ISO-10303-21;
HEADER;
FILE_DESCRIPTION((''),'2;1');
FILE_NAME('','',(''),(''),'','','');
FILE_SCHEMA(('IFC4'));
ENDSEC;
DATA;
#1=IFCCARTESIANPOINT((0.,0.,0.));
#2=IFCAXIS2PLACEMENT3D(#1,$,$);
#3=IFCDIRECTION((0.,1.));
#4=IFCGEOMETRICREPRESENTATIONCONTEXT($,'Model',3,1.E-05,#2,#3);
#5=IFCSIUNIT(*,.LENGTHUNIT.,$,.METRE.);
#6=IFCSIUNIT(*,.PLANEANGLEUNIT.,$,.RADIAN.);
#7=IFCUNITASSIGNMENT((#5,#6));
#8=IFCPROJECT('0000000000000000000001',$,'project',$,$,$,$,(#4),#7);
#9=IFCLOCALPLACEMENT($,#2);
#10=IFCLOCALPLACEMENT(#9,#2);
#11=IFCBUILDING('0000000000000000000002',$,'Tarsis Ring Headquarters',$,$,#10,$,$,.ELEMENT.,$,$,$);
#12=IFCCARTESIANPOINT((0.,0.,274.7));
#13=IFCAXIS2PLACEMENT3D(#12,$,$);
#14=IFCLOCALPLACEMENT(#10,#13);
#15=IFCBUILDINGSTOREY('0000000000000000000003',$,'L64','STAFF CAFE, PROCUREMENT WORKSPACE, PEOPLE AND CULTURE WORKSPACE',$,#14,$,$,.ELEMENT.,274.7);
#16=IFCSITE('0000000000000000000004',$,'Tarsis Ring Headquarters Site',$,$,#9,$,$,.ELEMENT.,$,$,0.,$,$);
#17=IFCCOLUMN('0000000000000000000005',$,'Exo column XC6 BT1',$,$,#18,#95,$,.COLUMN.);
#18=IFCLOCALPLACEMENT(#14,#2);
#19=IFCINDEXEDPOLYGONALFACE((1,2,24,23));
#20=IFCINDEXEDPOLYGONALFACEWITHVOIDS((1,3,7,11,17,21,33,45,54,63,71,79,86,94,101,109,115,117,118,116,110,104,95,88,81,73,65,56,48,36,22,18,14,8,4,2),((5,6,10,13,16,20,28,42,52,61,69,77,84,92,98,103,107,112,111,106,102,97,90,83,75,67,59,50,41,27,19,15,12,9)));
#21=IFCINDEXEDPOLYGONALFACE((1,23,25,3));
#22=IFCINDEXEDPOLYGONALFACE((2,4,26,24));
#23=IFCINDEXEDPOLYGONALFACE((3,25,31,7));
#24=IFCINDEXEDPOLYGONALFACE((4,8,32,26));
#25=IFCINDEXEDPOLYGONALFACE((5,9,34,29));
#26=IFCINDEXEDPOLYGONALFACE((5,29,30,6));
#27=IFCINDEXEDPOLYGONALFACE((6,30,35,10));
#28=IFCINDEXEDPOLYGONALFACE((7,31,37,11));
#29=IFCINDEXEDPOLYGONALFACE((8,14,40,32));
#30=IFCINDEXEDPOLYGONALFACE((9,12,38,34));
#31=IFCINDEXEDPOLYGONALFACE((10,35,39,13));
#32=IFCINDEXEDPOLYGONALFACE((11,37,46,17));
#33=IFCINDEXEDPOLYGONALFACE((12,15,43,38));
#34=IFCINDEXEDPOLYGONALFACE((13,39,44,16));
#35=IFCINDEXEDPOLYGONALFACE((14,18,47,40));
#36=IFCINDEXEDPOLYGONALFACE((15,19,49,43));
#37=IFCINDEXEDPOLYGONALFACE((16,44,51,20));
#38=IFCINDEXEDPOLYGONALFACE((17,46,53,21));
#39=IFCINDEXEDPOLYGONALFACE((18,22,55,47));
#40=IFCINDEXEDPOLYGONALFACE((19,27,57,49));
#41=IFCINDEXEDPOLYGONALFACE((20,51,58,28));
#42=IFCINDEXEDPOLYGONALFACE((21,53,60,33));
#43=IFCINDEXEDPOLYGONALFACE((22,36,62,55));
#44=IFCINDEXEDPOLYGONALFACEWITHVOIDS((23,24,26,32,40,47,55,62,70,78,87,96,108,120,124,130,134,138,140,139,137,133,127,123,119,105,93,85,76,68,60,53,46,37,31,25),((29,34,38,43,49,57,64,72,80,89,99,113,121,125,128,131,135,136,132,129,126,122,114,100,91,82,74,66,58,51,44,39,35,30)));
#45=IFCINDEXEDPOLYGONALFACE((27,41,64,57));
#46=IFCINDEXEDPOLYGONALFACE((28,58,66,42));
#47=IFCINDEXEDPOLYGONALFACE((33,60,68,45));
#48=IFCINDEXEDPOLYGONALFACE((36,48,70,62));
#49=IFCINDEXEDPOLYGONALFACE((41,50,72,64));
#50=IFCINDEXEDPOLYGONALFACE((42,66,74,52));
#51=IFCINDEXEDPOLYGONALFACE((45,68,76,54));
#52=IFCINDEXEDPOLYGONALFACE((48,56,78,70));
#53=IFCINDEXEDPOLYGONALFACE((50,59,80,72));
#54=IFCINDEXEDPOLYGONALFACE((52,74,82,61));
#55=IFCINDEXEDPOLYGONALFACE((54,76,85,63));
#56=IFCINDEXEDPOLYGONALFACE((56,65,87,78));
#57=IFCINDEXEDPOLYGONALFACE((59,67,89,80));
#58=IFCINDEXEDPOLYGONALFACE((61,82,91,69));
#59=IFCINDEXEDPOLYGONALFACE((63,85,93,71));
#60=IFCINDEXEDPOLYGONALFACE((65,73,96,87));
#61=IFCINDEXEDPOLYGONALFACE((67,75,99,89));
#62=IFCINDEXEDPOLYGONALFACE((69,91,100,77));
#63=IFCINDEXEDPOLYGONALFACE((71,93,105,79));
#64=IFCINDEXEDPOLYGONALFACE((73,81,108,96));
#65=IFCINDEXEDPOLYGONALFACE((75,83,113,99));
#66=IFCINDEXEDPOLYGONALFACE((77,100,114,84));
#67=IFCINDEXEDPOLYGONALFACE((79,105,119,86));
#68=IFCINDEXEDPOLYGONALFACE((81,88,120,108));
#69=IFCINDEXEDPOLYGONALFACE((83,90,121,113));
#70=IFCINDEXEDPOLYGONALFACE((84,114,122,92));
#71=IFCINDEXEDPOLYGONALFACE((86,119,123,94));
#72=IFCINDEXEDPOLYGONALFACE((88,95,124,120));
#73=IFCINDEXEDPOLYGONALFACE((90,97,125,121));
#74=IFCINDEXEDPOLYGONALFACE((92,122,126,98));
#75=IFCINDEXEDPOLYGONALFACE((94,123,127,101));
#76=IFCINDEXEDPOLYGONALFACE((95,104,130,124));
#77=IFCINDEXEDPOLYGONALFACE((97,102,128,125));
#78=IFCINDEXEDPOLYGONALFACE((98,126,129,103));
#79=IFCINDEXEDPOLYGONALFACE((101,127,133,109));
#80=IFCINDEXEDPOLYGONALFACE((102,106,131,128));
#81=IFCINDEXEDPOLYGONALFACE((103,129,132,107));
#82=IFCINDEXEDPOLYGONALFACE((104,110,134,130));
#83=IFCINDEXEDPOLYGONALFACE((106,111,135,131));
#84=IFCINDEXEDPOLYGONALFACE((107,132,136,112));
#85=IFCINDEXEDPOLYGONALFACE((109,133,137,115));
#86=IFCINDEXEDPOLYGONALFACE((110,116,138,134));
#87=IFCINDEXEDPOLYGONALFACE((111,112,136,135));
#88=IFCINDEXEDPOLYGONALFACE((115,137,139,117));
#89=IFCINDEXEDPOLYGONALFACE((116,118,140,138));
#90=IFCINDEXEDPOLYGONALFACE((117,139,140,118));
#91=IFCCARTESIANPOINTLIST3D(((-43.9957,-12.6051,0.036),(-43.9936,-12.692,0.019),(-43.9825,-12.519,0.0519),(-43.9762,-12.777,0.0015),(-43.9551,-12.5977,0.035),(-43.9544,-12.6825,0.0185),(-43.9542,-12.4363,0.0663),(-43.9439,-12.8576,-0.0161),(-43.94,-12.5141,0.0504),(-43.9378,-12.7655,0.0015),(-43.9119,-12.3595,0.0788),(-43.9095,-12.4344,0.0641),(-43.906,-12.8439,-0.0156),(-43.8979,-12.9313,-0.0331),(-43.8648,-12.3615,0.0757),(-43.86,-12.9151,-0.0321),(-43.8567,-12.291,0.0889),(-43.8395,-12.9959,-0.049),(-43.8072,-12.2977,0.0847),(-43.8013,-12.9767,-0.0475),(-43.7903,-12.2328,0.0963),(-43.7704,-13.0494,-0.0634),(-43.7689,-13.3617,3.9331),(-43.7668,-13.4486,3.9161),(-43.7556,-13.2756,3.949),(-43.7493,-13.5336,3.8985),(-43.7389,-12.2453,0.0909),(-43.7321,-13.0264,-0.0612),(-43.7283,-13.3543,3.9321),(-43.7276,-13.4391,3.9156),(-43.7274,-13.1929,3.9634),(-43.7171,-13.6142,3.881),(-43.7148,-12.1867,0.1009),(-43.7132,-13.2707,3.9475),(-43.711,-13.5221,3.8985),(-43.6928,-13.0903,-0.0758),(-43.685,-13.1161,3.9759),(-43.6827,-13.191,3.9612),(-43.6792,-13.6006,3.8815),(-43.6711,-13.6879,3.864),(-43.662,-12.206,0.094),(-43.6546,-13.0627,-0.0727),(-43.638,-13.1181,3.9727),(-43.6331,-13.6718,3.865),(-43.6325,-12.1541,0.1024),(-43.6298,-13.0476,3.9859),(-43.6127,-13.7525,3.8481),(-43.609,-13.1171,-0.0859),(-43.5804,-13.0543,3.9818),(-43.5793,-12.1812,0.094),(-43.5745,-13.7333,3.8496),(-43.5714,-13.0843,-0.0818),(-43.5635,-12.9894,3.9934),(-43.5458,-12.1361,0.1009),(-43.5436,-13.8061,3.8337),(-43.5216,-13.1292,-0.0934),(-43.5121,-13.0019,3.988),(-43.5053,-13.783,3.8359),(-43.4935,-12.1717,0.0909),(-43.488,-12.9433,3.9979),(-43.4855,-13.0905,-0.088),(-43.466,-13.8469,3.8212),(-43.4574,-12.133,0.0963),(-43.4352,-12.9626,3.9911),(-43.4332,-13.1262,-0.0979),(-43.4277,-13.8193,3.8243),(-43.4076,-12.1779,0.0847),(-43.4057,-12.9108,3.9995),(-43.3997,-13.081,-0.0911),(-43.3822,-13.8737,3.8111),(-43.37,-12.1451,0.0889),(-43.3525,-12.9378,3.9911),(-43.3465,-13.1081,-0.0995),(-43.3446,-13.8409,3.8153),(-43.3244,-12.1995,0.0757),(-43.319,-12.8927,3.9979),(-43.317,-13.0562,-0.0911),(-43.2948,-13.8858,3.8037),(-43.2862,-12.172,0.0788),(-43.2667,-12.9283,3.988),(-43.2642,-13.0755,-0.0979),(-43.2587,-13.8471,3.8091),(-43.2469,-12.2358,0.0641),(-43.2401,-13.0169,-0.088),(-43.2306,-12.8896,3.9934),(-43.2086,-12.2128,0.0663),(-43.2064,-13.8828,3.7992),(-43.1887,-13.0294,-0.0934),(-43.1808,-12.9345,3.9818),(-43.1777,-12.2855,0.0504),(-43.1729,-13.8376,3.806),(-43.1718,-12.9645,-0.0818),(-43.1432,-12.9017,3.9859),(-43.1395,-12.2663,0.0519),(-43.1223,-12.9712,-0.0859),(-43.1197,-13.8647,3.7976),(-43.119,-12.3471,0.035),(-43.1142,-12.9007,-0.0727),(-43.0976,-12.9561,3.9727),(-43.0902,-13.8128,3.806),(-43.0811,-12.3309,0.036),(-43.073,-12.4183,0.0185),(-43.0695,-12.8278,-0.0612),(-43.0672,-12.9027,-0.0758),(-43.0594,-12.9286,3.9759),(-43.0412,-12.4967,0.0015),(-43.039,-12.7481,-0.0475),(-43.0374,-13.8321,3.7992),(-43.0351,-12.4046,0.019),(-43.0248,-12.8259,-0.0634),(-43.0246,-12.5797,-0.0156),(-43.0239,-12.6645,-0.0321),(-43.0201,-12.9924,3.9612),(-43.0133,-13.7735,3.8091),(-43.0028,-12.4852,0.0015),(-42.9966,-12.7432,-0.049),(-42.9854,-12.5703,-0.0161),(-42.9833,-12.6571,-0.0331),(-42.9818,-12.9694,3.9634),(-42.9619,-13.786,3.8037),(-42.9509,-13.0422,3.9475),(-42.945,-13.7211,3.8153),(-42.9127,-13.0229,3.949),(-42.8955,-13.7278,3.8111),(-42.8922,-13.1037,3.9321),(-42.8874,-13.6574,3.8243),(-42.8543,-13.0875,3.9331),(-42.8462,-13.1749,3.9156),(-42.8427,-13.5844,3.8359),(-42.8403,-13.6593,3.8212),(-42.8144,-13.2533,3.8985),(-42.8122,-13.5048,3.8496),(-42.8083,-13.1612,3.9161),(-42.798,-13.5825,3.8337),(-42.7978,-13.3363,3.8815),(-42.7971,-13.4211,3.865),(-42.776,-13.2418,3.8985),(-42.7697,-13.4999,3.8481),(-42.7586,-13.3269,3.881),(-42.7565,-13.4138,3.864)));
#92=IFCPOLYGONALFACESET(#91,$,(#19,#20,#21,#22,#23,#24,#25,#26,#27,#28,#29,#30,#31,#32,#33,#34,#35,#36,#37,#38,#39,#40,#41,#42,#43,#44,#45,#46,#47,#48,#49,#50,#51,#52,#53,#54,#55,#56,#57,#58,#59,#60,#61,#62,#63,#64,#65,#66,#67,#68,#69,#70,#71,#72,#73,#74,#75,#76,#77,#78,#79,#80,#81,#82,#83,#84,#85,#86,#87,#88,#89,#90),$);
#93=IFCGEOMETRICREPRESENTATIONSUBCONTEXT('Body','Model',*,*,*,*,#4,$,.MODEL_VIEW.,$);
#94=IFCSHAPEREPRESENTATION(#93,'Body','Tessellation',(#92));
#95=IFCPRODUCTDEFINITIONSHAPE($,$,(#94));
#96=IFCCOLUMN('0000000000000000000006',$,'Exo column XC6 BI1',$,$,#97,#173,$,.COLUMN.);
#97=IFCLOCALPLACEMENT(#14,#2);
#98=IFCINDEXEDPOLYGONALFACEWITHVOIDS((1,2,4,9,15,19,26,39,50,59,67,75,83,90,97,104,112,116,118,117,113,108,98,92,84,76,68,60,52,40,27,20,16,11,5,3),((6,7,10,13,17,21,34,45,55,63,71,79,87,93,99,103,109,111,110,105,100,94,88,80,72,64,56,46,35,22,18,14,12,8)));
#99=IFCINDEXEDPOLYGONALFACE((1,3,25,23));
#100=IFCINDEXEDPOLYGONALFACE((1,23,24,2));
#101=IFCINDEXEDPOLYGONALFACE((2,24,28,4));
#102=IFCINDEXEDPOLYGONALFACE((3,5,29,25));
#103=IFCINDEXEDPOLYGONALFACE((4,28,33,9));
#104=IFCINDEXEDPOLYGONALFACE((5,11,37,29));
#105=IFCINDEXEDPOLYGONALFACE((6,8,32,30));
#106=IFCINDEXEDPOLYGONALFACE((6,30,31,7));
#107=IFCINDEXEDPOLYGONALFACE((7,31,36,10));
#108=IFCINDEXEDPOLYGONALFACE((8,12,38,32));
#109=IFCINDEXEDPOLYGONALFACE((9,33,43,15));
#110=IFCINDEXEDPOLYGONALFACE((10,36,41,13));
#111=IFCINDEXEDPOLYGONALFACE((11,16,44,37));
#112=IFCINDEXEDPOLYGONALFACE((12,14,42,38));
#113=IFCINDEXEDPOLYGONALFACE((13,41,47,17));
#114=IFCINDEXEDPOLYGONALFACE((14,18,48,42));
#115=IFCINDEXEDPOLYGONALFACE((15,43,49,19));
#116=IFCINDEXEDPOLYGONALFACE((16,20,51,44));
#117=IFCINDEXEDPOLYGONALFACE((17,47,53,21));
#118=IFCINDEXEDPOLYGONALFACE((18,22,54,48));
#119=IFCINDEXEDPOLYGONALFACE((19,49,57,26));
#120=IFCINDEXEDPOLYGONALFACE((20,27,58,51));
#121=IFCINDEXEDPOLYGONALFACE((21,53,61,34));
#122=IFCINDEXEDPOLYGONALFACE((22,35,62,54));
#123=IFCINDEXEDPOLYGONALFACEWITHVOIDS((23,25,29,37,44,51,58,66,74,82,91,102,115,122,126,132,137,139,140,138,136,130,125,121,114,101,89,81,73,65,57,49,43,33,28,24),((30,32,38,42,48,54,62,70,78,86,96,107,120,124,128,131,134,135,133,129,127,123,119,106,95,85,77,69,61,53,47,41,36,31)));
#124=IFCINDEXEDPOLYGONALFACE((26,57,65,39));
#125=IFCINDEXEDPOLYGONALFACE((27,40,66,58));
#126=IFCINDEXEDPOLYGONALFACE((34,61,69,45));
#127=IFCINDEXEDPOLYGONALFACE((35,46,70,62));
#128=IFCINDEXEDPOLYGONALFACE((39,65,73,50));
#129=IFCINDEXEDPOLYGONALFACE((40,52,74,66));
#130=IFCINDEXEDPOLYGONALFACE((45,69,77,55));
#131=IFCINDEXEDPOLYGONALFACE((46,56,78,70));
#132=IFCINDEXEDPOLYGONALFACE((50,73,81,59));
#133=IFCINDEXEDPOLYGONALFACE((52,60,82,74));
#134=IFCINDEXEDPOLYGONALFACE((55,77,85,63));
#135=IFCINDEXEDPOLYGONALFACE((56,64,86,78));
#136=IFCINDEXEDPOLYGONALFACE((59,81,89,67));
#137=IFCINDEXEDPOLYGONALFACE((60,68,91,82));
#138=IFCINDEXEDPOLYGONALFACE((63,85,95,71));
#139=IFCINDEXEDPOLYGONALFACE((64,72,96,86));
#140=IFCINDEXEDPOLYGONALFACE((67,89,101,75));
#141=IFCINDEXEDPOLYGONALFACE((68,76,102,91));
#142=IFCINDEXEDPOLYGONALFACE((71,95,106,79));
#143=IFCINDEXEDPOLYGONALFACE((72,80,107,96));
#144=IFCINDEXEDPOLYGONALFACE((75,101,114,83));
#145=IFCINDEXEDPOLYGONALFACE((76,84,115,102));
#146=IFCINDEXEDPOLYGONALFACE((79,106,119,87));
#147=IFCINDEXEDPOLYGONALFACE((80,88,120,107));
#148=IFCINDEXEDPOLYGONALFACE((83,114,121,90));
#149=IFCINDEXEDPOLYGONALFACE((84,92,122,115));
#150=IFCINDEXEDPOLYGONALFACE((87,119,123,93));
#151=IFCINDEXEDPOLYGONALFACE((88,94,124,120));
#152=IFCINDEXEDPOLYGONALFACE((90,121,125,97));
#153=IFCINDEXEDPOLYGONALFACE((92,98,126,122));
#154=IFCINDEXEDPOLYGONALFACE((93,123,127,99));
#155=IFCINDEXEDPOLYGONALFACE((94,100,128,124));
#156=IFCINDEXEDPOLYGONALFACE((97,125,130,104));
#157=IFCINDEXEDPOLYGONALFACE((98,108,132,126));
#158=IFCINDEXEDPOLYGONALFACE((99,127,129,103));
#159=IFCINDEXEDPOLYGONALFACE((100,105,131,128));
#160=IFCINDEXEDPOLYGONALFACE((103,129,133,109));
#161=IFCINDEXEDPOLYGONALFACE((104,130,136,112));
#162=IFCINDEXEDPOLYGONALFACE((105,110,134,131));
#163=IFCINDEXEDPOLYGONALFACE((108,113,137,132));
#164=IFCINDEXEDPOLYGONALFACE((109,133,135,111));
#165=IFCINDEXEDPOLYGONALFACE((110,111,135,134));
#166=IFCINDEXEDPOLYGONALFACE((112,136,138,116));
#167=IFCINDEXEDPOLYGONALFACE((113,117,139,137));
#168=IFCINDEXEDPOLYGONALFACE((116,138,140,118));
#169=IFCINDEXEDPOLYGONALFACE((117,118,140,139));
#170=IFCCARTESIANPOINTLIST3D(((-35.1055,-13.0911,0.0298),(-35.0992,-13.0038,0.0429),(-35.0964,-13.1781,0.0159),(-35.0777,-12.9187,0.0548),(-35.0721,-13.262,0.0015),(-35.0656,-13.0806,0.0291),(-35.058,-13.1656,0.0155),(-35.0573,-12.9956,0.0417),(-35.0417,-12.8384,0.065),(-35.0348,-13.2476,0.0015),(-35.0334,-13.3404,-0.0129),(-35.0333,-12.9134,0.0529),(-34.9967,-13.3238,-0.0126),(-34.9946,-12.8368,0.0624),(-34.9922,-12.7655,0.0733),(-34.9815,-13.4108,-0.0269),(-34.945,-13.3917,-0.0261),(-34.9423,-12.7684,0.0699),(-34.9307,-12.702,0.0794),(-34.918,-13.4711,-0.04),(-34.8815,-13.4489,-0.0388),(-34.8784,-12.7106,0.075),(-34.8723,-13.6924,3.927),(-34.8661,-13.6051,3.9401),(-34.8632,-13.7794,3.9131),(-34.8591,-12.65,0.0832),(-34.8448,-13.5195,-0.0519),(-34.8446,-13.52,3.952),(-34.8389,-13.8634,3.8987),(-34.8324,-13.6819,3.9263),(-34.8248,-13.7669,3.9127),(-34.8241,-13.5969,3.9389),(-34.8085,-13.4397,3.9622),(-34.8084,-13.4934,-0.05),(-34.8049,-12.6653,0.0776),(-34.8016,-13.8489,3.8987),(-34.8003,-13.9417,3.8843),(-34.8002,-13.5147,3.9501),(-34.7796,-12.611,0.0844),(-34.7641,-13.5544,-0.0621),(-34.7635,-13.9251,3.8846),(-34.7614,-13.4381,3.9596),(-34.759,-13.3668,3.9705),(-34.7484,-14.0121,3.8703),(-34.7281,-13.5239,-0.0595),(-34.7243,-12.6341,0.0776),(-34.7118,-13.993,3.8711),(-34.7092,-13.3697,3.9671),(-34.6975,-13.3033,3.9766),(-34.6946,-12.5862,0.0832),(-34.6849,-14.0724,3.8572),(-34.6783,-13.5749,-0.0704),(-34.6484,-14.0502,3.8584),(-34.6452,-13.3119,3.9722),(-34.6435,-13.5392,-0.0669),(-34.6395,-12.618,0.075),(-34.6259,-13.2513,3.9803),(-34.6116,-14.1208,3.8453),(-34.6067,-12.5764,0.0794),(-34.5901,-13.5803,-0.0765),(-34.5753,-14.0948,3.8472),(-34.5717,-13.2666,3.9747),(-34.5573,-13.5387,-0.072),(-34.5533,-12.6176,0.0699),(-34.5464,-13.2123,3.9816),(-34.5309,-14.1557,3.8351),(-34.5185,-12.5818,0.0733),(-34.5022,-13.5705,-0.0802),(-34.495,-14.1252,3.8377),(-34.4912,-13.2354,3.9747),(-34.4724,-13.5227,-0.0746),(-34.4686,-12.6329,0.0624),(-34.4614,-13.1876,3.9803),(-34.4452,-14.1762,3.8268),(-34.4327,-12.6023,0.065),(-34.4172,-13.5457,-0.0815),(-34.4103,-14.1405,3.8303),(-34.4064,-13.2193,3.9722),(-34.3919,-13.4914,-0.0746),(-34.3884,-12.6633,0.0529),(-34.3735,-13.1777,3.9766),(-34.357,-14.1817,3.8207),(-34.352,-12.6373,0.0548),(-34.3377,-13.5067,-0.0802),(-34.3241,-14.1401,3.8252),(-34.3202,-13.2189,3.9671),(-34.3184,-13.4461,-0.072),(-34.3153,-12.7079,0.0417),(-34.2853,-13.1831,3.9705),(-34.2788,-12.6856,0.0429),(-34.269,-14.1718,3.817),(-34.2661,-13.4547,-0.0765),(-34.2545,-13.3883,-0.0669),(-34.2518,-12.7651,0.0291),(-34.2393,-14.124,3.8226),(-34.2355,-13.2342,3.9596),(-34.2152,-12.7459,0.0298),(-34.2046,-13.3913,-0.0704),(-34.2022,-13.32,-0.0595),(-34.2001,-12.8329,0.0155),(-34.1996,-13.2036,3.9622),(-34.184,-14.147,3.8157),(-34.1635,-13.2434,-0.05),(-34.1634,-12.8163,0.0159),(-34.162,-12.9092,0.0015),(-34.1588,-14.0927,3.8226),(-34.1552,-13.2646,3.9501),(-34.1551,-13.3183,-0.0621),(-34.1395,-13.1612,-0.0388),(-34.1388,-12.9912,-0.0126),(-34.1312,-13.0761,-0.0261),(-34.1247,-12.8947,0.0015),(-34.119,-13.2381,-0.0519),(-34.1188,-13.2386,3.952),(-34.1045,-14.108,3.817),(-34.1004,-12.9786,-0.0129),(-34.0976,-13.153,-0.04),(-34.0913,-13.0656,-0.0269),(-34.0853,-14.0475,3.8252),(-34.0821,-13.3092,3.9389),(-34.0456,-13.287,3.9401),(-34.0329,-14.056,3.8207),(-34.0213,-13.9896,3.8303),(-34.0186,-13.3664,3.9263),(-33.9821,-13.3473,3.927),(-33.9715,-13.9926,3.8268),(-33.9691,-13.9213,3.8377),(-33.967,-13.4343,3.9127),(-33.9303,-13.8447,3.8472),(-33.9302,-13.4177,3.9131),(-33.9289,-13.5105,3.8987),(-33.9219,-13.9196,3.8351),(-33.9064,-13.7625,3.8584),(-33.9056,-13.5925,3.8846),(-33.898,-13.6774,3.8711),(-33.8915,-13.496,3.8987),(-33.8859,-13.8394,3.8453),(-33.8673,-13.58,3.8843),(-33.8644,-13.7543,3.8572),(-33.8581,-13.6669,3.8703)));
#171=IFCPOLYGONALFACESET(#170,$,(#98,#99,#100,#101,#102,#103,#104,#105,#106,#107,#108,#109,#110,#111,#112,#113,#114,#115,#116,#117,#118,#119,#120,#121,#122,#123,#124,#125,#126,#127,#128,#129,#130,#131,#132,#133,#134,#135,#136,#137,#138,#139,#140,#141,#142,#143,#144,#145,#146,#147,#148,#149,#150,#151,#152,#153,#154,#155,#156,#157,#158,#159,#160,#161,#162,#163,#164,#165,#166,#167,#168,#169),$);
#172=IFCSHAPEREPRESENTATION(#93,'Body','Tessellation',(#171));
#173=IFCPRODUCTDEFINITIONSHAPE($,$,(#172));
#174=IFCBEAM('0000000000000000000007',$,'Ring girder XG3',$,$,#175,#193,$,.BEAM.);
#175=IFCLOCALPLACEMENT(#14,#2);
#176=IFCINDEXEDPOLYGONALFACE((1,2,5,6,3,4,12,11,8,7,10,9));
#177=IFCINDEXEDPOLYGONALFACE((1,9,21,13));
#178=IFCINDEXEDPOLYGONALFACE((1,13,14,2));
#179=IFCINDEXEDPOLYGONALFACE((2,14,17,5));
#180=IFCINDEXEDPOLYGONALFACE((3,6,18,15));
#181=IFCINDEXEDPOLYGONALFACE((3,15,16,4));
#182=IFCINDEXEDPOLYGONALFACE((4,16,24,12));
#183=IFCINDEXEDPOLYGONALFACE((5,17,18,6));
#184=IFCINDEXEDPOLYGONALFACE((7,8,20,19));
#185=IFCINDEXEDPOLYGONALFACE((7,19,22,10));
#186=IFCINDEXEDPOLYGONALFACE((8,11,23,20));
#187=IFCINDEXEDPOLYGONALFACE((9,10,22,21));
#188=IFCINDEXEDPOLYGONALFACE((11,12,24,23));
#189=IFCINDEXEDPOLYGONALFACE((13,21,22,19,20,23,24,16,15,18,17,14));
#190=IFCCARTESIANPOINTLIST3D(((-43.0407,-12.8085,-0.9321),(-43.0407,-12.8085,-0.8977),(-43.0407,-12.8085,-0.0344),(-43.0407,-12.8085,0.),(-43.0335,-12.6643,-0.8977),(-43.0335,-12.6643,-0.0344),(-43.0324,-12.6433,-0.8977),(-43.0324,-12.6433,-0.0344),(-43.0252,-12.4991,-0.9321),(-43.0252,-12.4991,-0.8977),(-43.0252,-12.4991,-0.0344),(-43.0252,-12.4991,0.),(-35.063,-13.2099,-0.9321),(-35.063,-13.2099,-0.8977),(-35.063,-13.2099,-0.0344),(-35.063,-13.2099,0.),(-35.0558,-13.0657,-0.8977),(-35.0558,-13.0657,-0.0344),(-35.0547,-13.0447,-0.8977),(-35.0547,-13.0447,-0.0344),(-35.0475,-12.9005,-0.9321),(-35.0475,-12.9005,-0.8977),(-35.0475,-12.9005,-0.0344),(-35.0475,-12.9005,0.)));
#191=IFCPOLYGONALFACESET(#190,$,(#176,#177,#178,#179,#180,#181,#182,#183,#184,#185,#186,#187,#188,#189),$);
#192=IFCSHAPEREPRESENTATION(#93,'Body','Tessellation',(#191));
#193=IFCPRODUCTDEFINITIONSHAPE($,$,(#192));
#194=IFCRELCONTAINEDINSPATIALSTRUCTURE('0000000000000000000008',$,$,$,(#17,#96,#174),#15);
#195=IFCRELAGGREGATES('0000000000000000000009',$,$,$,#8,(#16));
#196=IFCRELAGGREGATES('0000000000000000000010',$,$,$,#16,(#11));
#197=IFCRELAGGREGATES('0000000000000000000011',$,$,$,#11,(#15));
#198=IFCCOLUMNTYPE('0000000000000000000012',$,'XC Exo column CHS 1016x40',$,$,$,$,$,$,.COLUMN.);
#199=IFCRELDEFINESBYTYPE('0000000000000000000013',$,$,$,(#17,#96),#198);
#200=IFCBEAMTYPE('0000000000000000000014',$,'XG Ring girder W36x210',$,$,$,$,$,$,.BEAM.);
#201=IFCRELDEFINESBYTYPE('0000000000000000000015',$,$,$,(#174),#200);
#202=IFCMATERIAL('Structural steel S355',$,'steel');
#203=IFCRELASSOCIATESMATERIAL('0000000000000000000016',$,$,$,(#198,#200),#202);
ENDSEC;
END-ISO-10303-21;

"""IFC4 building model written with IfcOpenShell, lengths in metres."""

from ifc_helpers import new_model, si_unit, direction, frame, origin, origin_2d, place, context, subcontext, project, spatial, hollow_circle, i_section, extrude, material, material_profile, profile_set, type_object, element, save


model = new_model("IFC4")

# Units and contexts
model_context = context("Model", 3, precision=1e-05, world=origin(), true_north=direction((0.0, 1.0)))
body_context = subcontext(model_context, "Body", "Model", "MODEL_VIEW")
ifc_project = project(units=[si_unit("LENGTHUNIT", "METRE"), si_unit("PLANEANGLEUNIT", "RADIAN")], contexts=[model_context])

# Site, building, storey
site_placement = place(None, origin())
site = spatial("IfcSite", under=ifc_project, at=site_placement, Name="Tarsis Ring Headquarters Site", CompositionType="ELEMENT", RefElevation=0.0)
building_placement = place(site_placement, origin())
building = spatial("IfcBuilding", under=site, at=building_placement, Name="Tarsis Ring Headquarters", CompositionType="ELEMENT")
storey_placement = place(building_placement, frame((0.0, 0.0, 274.7)))
storey = spatial("IfcBuildingStorey", under=building, at=storey_placement, Name="L64", Description="STAFF CAFE, PROCUREMENT WORKSPACE, PEOPLE AND CULTURE WORKSPACE", CompositionType="ELEMENT", Elevation=274.7)

# Columns
ifc_material_1 = material(Name="Structural steel S355", Category="steel")
ifc_material_profile_1 = material_profile(ifc_material_1, hollow_circle(Radius=0.5081, WallThickness=0.04, at=origin_2d()), Name="CHS 1016x40")
ifc_profile_set_1 = profile_set([ifc_material_profile_1], Name="Structural steel S355")
column_type = type_object("IfcColumnType", Name="XC Exo column CHS 1016x40", PredefinedType="COLUMN", material=ifc_profile_set_1)
column_1_placement = place(storey_placement, frame((-43.4895, -12.6311, 0.0015), z_axis=(0.057041, -0.19028, 0.980071), x_axis=(0.957886, 0.287149, 0.0)))
element("IfcColumn", 1, at=column_1_placement, inside=storey, type_object=column_type, Name="Exo column XC6 BT1", PredefinedType="COLUMN", context=body_context, shape_type="SweptSolid", body=[
    extrude(hollow_circle(Radius=0.5081, WallThickness=0.04, at=origin_2d()), origin(), (0.0, 0.0, 1.0), 3.9763),
])
column_2_placement = place(storey_placement, frame((-34.5984, -13.0784, 0.0015), z_axis=(0.059023, -0.152224, 0.986582), x_axis=(0.932367, 0.361514, 0.0)))
element("IfcColumn", 2, at=column_2_placement, inside=storey, type_object=column_type, Name="Exo column XC6 BI1", PredefinedType="COLUMN", context=body_context, shape_type="SweptSolid", body=[
    extrude(hollow_circle(Radius=0.5081, WallThickness=0.04, at=origin_2d()), origin(), (0.0, 0.0, 1.0), 3.9502),
])

# Beam
ifc_material_profile_2 = material_profile(ifc_material_1, i_section(OverallWidth=0.3098, OverallDepth=0.9321, WebThickness=0.021, FlangeThickness=0.0344, at=origin_2d()), Name="W36x210")
ifc_profile_set_2 = profile_set([ifc_material_profile_2], Name="Structural steel S355")
beam_type = type_object("IfcBeamType", Name="XG Ring girder W36x210", PredefinedType="BEAM", material=ifc_profile_set_2)
beam_placement = place(storey_placement, frame((-43.033, -12.6538, -0.4661), z_axis=(0.998737, -0.050247, 0.0), x_axis=(0.050247, 0.998737, 0.0)))
element("IfcBeam", 3, at=beam_placement, inside=storey, type_object=beam_type, Name="Ring girder XG3", PredefinedType="BEAM", context=body_context, shape_type="SweptSolid", body=[
    extrude(i_section(OverallWidth=0.3098, OverallDepth=0.9321, WebThickness=0.021, FlangeThickness=0.0344, at=origin_2d()), origin(), (0.0, 0.0, 1.0), 7.9878),
])

save(model, "model.ifc")
